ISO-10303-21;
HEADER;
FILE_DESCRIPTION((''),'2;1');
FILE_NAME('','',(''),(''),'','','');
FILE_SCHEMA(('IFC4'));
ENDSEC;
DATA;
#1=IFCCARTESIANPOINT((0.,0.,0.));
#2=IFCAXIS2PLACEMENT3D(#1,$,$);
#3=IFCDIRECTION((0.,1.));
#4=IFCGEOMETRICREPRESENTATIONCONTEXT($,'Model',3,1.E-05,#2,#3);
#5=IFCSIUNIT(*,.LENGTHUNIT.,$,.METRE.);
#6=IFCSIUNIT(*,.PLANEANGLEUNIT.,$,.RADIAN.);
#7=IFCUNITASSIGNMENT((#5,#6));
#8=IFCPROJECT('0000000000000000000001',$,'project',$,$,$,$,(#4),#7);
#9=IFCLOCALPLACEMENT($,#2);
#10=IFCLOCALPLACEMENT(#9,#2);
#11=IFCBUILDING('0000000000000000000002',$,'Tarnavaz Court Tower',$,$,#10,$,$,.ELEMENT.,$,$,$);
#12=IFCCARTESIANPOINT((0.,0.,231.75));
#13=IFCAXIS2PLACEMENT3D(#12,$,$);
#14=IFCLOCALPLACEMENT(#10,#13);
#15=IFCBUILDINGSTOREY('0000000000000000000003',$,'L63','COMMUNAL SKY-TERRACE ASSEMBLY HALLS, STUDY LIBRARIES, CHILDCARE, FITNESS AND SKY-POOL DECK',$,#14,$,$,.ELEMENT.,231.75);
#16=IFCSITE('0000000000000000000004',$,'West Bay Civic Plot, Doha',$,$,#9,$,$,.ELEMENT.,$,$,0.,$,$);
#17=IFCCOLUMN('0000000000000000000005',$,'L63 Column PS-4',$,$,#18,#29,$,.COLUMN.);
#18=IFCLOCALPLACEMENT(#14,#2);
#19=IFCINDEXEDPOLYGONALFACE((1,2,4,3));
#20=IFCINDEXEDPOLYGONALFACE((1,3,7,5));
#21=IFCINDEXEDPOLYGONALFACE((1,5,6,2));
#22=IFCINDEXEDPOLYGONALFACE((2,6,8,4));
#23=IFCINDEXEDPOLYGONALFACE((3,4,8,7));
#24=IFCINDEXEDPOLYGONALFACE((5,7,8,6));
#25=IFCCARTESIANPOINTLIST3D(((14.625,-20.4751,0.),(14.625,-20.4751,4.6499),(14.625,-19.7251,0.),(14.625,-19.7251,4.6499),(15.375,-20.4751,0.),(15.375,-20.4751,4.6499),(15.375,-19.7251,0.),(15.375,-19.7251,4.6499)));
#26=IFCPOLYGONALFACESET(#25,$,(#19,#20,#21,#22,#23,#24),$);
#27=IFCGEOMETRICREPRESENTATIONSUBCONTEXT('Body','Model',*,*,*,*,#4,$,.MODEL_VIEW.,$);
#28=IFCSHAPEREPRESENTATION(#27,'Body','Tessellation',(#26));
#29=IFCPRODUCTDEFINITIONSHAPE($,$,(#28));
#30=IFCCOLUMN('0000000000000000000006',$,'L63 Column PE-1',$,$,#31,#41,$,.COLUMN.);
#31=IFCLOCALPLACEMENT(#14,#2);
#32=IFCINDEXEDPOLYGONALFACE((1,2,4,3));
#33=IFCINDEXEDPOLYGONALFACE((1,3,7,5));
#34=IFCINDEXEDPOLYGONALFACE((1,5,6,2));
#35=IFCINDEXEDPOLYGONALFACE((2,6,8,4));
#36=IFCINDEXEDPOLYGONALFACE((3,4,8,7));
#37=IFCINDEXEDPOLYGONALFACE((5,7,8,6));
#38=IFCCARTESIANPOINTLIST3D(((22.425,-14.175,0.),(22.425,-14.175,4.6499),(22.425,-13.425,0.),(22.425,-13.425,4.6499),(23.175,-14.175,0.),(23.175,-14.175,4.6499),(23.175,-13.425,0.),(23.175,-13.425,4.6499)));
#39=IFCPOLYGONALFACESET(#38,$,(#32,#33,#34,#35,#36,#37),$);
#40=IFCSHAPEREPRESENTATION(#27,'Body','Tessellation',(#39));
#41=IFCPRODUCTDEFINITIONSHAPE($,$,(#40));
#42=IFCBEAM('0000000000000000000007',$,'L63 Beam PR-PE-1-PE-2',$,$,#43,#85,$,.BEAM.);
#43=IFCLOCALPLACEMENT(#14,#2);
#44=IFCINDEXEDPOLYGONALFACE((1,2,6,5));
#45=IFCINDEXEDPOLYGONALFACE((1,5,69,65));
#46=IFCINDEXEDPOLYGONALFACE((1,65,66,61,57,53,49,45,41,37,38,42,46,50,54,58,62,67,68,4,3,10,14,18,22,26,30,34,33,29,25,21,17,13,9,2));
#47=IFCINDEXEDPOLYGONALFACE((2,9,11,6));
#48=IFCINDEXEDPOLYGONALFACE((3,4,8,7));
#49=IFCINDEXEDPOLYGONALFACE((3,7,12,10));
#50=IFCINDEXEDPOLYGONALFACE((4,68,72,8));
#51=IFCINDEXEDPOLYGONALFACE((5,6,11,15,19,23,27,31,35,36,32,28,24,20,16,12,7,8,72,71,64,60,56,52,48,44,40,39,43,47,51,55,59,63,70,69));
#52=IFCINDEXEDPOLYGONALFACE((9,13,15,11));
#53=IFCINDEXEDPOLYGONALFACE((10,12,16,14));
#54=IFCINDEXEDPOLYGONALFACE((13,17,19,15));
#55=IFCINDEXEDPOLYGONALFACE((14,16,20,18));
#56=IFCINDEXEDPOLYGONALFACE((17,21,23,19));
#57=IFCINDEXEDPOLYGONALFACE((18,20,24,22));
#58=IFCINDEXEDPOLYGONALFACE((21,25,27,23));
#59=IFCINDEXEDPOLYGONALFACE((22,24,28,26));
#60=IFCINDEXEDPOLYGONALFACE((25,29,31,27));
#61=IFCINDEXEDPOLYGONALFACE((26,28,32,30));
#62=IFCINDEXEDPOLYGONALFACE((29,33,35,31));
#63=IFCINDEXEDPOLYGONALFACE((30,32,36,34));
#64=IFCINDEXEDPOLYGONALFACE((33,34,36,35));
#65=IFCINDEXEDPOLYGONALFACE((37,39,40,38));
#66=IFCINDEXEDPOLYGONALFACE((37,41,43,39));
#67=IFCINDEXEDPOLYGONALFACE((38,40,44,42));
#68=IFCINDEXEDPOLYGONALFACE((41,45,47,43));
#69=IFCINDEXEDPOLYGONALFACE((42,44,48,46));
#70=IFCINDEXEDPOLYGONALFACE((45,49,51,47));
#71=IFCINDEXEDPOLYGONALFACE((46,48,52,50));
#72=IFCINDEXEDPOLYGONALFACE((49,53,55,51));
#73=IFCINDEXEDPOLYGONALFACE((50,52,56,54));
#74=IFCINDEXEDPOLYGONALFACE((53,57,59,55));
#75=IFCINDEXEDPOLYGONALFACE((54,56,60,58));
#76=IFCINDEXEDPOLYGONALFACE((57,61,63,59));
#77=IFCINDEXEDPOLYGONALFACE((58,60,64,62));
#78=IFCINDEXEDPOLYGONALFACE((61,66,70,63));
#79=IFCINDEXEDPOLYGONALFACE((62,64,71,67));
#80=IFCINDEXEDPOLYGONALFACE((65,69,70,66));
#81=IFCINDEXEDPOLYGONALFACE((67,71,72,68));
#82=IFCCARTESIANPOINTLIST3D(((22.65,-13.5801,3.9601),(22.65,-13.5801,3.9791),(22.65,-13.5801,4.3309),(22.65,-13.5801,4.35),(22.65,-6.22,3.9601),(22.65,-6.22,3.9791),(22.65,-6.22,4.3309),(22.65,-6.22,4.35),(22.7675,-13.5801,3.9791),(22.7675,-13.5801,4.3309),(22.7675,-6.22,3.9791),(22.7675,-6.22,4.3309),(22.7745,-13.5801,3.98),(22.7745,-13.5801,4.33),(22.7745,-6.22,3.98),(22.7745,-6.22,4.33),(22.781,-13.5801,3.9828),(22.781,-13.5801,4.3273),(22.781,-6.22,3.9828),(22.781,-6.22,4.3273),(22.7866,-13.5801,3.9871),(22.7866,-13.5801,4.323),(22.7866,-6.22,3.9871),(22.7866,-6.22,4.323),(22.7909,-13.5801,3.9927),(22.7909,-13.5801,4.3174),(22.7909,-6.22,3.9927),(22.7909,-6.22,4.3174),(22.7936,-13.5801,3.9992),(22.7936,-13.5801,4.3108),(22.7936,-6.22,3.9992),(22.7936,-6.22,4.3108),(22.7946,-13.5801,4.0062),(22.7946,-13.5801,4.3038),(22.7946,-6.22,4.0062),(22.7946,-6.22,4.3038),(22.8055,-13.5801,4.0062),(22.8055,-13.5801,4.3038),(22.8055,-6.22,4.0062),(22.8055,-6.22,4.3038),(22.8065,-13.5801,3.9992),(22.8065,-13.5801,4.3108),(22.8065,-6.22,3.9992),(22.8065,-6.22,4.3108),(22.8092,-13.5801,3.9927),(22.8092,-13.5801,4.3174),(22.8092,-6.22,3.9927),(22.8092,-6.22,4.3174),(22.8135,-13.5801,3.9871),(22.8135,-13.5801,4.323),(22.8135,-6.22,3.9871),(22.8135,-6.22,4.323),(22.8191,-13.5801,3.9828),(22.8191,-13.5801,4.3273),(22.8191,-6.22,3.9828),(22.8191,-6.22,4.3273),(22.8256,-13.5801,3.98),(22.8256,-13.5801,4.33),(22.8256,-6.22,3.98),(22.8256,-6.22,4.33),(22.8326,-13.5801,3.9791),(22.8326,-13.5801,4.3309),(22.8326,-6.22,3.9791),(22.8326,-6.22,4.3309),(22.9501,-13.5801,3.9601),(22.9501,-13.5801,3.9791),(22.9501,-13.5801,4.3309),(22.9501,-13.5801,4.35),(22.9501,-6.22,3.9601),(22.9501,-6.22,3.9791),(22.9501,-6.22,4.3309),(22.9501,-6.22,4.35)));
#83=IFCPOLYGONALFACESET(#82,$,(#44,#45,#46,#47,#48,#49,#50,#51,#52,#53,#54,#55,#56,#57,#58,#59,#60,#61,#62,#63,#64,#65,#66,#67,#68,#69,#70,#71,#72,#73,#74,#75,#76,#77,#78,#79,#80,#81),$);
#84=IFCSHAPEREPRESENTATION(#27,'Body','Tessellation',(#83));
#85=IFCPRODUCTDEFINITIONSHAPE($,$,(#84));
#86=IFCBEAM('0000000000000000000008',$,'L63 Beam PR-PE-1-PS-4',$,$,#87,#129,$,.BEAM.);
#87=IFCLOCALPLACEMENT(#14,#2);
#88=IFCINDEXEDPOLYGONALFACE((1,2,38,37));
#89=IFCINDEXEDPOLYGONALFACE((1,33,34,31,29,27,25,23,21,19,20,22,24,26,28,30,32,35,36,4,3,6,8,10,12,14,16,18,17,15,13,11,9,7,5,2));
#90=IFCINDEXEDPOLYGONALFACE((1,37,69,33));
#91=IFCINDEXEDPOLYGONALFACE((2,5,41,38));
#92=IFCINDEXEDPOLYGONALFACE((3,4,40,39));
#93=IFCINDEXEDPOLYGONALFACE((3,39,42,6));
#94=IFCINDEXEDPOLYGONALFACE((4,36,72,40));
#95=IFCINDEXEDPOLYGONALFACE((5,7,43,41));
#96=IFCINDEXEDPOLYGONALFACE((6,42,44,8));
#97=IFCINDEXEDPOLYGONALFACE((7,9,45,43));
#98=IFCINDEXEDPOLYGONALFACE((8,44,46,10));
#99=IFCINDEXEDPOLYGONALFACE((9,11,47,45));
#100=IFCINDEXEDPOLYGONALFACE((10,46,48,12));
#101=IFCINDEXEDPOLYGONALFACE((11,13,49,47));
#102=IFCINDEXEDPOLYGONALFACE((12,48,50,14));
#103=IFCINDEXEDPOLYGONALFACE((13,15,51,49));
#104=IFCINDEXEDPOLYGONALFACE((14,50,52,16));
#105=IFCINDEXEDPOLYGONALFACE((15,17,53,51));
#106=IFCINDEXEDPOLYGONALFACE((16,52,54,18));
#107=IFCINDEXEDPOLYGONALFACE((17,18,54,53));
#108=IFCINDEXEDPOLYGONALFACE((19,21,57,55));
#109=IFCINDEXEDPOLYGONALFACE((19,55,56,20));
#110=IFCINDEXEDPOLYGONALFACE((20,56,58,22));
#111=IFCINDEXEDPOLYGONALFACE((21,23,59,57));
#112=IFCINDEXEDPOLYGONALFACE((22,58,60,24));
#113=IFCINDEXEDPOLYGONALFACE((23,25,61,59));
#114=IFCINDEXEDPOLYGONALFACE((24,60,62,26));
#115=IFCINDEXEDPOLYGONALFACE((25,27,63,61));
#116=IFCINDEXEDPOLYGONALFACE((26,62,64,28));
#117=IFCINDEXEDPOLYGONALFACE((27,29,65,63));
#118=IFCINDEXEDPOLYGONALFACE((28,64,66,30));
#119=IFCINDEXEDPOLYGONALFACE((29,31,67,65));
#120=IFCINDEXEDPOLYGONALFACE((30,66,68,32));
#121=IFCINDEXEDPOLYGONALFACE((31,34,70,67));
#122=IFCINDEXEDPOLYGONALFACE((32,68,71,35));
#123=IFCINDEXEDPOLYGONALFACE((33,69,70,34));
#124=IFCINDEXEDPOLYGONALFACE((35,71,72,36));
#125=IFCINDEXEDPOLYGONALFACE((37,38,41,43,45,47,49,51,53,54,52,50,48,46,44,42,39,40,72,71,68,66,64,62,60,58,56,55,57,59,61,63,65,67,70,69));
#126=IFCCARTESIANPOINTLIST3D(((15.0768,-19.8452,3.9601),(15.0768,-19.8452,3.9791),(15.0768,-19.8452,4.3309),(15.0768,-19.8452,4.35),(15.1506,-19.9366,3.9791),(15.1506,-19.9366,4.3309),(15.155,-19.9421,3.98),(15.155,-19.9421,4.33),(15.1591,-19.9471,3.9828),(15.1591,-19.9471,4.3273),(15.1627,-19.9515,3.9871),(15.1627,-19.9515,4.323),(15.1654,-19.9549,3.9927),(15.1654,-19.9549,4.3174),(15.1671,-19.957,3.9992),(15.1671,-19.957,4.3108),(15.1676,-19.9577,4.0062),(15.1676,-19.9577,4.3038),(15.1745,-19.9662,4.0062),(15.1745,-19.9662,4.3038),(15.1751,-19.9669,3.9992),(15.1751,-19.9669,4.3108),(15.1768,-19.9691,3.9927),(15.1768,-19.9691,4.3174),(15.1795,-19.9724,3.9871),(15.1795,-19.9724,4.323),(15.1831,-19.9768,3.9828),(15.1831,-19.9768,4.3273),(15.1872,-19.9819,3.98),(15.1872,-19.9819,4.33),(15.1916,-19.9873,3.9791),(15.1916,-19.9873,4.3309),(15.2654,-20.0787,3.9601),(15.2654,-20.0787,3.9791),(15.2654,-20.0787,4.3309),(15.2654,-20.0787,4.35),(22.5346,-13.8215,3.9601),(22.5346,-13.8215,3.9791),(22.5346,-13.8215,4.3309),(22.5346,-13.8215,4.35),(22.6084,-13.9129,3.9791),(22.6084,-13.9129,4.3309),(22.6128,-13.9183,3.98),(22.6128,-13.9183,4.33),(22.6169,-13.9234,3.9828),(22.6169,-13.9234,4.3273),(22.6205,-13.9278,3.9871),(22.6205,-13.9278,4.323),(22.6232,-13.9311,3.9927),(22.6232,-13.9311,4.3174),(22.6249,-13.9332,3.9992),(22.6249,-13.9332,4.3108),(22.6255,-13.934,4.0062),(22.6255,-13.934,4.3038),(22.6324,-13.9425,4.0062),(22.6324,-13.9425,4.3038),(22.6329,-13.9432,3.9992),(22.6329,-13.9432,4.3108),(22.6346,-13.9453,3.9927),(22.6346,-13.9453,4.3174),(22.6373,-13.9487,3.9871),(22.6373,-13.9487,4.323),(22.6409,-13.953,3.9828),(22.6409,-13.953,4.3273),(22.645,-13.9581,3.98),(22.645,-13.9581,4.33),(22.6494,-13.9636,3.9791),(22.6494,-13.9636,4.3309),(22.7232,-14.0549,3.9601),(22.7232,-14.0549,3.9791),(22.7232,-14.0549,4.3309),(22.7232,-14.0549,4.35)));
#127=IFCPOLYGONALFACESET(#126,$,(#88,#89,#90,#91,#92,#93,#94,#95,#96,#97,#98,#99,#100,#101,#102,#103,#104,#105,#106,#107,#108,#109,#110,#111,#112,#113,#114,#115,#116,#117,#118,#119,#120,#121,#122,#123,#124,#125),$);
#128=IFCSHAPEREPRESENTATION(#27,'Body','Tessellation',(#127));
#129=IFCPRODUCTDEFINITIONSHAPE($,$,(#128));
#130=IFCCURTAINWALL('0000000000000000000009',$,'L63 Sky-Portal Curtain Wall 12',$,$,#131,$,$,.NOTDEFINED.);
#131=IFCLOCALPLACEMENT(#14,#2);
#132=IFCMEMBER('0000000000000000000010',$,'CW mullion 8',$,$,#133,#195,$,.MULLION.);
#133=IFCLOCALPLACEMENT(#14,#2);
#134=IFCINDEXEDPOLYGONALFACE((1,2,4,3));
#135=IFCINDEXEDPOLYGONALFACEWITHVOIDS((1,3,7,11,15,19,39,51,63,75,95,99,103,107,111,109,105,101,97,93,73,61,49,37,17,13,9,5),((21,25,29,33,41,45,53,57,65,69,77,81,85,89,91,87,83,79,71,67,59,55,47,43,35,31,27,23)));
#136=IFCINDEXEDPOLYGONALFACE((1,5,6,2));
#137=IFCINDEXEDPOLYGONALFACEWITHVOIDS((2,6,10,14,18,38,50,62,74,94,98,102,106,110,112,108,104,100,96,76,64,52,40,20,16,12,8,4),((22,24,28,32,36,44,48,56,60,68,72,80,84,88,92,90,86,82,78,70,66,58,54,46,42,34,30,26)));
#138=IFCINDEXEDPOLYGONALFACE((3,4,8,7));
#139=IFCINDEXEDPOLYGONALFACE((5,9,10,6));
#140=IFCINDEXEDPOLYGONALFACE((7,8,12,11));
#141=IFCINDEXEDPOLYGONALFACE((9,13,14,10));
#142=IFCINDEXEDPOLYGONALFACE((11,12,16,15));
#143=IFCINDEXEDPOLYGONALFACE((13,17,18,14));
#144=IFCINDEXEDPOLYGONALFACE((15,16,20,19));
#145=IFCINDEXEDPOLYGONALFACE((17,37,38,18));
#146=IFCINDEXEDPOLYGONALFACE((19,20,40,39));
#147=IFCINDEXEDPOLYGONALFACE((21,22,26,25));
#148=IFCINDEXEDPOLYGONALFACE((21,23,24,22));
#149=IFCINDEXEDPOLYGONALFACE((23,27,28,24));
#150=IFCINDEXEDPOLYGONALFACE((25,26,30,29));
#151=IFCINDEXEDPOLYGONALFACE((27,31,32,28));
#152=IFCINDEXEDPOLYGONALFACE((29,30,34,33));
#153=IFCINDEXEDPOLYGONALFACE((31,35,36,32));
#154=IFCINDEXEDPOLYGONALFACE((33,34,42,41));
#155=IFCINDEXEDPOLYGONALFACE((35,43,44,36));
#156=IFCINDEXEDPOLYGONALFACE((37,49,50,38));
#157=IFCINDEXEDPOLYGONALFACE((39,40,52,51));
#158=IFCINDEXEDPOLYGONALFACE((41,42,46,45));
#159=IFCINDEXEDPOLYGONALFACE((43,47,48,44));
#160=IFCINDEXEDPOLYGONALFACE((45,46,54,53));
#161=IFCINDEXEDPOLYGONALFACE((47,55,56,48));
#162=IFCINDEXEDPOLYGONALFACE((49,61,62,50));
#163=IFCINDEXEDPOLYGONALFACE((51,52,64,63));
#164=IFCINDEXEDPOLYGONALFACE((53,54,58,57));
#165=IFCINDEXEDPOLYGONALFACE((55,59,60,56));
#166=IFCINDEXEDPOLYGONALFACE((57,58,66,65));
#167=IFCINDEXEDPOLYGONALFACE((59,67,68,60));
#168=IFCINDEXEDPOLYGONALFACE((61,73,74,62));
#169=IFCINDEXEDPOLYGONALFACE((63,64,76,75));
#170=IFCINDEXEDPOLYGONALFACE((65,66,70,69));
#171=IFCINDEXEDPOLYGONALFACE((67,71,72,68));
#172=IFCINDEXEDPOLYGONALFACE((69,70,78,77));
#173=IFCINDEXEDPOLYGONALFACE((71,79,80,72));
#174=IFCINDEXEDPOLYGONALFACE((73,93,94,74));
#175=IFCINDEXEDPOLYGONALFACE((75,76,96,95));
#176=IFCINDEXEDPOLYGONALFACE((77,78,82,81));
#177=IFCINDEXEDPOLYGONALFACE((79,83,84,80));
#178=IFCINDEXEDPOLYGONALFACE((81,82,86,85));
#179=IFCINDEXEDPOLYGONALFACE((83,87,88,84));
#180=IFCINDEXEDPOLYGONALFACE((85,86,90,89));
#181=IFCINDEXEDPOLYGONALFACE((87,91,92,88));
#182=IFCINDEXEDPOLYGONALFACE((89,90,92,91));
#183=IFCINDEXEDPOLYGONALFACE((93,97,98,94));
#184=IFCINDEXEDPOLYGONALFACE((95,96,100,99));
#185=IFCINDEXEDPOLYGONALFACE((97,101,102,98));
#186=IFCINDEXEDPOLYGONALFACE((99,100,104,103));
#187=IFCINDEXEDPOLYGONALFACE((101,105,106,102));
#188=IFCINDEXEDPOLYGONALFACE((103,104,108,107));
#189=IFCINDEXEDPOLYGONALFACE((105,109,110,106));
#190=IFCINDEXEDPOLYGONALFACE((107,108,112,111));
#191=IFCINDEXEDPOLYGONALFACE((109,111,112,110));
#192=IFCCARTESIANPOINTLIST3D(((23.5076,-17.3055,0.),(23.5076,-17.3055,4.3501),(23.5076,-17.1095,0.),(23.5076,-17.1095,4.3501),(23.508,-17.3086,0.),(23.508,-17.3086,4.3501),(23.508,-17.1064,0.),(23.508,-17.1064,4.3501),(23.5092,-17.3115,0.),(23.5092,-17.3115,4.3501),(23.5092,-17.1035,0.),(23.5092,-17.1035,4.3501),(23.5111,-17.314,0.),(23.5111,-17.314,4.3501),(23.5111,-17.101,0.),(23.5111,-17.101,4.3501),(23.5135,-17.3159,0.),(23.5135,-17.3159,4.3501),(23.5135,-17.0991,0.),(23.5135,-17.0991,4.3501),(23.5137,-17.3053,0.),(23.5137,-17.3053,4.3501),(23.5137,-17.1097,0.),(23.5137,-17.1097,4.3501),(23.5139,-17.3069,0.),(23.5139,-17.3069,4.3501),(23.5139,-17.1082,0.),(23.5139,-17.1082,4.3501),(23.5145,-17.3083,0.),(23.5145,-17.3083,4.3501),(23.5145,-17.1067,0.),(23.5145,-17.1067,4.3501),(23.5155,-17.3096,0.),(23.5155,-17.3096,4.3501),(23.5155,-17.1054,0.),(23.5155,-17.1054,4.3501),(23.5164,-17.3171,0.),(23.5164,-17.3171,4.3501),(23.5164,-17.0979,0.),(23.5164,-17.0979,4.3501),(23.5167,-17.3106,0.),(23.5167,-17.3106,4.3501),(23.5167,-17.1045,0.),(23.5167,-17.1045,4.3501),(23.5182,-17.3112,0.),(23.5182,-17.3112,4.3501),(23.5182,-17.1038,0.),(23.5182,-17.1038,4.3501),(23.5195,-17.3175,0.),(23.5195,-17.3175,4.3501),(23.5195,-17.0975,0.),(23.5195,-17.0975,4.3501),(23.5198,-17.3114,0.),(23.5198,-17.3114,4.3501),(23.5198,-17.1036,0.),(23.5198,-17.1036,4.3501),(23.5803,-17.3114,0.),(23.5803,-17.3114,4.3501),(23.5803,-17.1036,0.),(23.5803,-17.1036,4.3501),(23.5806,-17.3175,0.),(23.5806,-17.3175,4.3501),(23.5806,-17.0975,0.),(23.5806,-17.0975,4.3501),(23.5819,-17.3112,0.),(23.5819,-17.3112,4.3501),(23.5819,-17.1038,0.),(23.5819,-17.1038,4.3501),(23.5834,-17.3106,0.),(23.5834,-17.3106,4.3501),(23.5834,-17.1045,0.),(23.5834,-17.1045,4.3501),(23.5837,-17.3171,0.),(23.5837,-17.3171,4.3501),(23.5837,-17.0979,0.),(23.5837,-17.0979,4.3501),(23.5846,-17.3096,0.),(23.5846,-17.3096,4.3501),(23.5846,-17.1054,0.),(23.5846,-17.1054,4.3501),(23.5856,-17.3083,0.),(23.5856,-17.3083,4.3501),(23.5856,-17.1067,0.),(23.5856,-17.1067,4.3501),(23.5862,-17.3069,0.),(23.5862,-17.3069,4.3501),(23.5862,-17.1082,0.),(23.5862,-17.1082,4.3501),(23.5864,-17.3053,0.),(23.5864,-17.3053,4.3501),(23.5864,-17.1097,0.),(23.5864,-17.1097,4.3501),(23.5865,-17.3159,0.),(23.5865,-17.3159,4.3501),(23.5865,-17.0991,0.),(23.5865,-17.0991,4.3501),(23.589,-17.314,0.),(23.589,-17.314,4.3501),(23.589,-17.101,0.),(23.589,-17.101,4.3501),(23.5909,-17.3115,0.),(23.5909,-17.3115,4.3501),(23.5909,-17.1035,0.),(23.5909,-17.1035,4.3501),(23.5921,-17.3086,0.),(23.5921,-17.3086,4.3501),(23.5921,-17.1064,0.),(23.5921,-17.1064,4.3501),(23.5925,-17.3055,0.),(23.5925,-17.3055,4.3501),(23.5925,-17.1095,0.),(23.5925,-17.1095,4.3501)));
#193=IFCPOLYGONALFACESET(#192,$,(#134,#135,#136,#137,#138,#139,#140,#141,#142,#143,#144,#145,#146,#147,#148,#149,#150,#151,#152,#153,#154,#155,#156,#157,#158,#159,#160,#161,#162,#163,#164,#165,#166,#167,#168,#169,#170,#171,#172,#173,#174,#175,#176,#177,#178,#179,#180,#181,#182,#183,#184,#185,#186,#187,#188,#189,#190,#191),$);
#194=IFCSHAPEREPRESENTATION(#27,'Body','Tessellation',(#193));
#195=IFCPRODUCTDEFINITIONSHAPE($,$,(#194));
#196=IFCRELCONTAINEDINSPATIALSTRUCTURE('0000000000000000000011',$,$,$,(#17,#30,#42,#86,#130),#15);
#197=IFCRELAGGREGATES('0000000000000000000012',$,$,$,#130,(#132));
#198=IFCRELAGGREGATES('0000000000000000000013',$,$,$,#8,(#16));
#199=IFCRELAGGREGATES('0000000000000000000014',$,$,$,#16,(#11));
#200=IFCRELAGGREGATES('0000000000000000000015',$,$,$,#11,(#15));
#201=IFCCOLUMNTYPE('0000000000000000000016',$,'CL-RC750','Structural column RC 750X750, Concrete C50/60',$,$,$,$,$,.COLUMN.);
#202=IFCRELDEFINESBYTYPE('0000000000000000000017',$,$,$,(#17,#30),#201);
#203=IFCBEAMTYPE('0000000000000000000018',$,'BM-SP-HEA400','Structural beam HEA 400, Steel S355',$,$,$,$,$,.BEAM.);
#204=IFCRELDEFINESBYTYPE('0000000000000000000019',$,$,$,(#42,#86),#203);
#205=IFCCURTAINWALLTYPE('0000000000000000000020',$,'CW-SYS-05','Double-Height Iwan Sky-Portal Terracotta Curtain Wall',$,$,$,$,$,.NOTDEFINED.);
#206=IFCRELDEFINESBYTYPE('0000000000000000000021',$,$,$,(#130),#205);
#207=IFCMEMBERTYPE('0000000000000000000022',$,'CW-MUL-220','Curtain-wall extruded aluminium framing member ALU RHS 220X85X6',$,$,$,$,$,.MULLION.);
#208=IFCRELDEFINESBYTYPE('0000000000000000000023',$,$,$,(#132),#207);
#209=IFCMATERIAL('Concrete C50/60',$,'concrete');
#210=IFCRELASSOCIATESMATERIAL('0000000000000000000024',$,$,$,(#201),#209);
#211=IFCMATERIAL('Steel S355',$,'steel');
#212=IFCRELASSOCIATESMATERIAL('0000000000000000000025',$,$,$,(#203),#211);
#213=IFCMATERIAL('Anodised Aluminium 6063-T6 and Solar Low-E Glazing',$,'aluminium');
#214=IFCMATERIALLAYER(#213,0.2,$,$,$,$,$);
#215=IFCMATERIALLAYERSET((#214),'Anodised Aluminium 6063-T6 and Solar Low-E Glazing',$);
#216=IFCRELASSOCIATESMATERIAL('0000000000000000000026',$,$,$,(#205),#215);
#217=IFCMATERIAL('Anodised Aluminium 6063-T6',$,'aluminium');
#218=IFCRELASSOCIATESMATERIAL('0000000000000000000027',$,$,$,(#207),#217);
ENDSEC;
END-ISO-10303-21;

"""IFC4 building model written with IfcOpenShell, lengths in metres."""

from ifc_helpers import new_model, si_unit, direction, frame, origin, origin_2d, place, context, subcontext, project, spatial, rectangle, hollow_rectangle, i_section, extrude, material, layer, layer_set, material_profile, profile_set, type_object, element, aggregate, save


model = new_model("IFC4")

# Units and contexts
model_context = context("Model", 3, precision=1e-05, world=origin(), true_north=direction((0.0, 1.0)))
body_context = subcontext(model_context, "Body", "Model", "MODEL_VIEW")
ifc_project = project(units=[si_unit("LENGTHUNIT", "METRE"), si_unit("PLANEANGLEUNIT", "RADIAN")], contexts=[model_context])

# Site, building, storey
site_placement = place(None, origin())
site = spatial("IfcSite", under=ifc_project, at=site_placement, Name="West Bay Civic Plot, Doha", CompositionType="ELEMENT", RefElevation=0.0)
building_placement = place(site_placement, origin())
building = spatial("IfcBuilding", under=site, at=building_placement, Name="Tarnavaz Court Tower", CompositionType="ELEMENT")
storey_placement = place(building_placement, frame((0.0, 0.0, 231.75)))
storey = spatial("IfcBuildingStorey", under=building, at=storey_placement, Name="L63", Description="COMMUNAL SKY-TERRACE ASSEMBLY HALLS, STUDY LIBRARIES, CHILDCARE, FITNESS AND SKY-POOL DECK", CompositionType="ELEMENT", Elevation=231.75)

# Columns
ifc_material_1 = material(Name="Concrete C50/60", Category="concrete")
ifc_material_profile_1 = material_profile(ifc_material_1, rectangle(XDim=0.75, YDim=0.75, at=origin_2d()), Name="RC 750X750")
ifc_profile_set_1 = profile_set([ifc_material_profile_1], Name="Concrete C50/60")
column_type = type_object("IfcColumnType", Name="CL-RC750", Description="Structural column RC 750X750, Concrete C50/60", PredefinedType="COLUMN", material=ifc_profile_set_1)
for number, where, z_axis, x_axis, name in (
    (1, (15.0, -20.1001, 0.0), (0.0, 0.0, 1.0), (1.0, 0.0, 0.0), "L63 Column PS-4"),
    (2, (22.8, -13.8, 0.0), (0.0, 0.0, 1.0), (1.0, 0.0, 0.0), "L63 Column PE-1"),
):
    element("IfcColumn", number, at=place(storey_placement, frame(where, z_axis=z_axis, x_axis=x_axis)), inside=storey, type_object=column_type, Name=name, PredefinedType="COLUMN", context=body_context, shape_type="SweptSolid", body=[
        extrude(rectangle(XDim=0.75, YDim=0.75, at=origin_2d()), origin(), (0.0, 0.0, 1.0), 4.6499),
    ])

# Beams
ifc_material_2 = material(Name="Steel S355", Category="steel")
ifc_material_profile_2 = material_profile(ifc_material_2, i_section(OverallWidth=0.3, OverallDepth=0.3899, WebThickness=0.011, FlangeThickness=0.019, FilletRadius=0.0271, at=origin_2d()), Name="HEA 400")
ifc_profile_set_2 = profile_set([ifc_material_profile_2], Name="Steel S355")
beam_type = type_object("IfcBeamType", Name="BM-SP-HEA400", Description="Structural beam HEA 400, Steel S355", PredefinedType="BEAM", material=ifc_profile_set_2)
beam_1_placement = place(storey_placement, frame((22.8, -13.5801, 4.155), z_axis=(0.0, 1.0, 0.0), x_axis=(-1.0, 0.0, 0.0)))
element("IfcBeam", 3, at=beam_1_placement, inside=storey, type_object=beam_type, Name="L63 Beam PR-PE-1-PE-2", PredefinedType="BEAM", context=body_context, shape_type="SweptSolid", body=[
    extrude(i_section(OverallWidth=0.3, OverallDepth=0.3899, WebThickness=0.011, FlangeThickness=0.019, FilletRadius=0.0271, at=origin_2d()), origin(), (0.0, 0.0, 1.0), 7.3601),
])
beam_2_placement = place(storey_placement, frame((22.6289, -13.9382, 4.155), z_axis=(-0.777936, -0.628344, 0.0), x_axis=(0.628344, -0.777936, 0.0)))
element("IfcBeam", 4, at=beam_2_placement, inside=storey, type_object=beam_type, Name="L63 Beam PR-PE-1-PS-4", PredefinedType="BEAM", context=body_context, shape_type="SweptSolid", body=[
    extrude(i_section(OverallWidth=0.3, OverallDepth=0.3899, WebThickness=0.011, FlangeThickness=0.019, FilletRadius=0.0271, at=origin_2d()), origin(), (0.0, 0.0, 1.0), 9.5867),
])

# Curtain wall, member
ifc_material_3 = material(Name="Anodised Aluminium 6063-T6 and Solar Low-E Glazing", Category="aluminium")
ifc_layer_1 = layer(ifc_material_3, 0.2)
ifc_layer_set_1 = layer_set([ifc_layer_1], Name="Anodised Aluminium 6063-T6 and Solar Low-E Glazing")
curtain_wall_type = type_object("IfcCurtainWallType", Name="CW-SYS-05", Description="Double-Height Iwan Sky-Portal Terracotta Curtain Wall", PredefinedType="NOTDEFINED", material=ifc_layer_set_1)
curtain_wall_placement = place(storey_placement, origin())
curtain_wall = element("IfcCurtainWall", 5, at=curtain_wall_placement, inside=storey, type_object=curtain_wall_type, Name="L63 Sky-Portal Curtain Wall 12", PredefinedType="NOTDEFINED")
ifc_material_4 = material(Name="Anodised Aluminium 6063-T6", Category="aluminium")
ifc_material_profile_3 = material_profile(ifc_material_4, hollow_rectangle(XDim=0.085, YDim=0.22, WallThickness=0.0061, InnerFilletRadius=0.0061, OuterFilletRadius=0.012, at=origin_2d()), Name="ALU RHS 220X85X6")
ifc_profile_set_3 = profile_set([ifc_material_profile_3], Name="Anodised Aluminium 6063-T6")
member_type = type_object("IfcMemberType", Name="CW-MUL-220", Description="Curtain-wall extruded aluminium framing member ALU RHS 220X85X6", PredefinedType="MULLION", material=ifc_profile_set_3)
member_placement = place(storey_placement, frame((23.55, -17.2075, 0.0), z_axis=(0.0, 0.0, 1.0), x_axis=(1.0, 0.0, 0.0)))
member = element("IfcMember", 6, at=member_placement, type_object=member_type, Name="CW mullion 8", PredefinedType="MULLION", context=body_context, shape_type="SweptSolid", body=[
    extrude(hollow_rectangle(XDim=0.085, YDim=0.22, WallThickness=0.0061, InnerFilletRadius=0.0061, OuterFilletRadius=0.012, at=origin_2d()), origin(), (0.0, 0.0, 1.0), 4.3501),
])
aggregate(curtain_wall, [member])

save(model, "model.ifc")
